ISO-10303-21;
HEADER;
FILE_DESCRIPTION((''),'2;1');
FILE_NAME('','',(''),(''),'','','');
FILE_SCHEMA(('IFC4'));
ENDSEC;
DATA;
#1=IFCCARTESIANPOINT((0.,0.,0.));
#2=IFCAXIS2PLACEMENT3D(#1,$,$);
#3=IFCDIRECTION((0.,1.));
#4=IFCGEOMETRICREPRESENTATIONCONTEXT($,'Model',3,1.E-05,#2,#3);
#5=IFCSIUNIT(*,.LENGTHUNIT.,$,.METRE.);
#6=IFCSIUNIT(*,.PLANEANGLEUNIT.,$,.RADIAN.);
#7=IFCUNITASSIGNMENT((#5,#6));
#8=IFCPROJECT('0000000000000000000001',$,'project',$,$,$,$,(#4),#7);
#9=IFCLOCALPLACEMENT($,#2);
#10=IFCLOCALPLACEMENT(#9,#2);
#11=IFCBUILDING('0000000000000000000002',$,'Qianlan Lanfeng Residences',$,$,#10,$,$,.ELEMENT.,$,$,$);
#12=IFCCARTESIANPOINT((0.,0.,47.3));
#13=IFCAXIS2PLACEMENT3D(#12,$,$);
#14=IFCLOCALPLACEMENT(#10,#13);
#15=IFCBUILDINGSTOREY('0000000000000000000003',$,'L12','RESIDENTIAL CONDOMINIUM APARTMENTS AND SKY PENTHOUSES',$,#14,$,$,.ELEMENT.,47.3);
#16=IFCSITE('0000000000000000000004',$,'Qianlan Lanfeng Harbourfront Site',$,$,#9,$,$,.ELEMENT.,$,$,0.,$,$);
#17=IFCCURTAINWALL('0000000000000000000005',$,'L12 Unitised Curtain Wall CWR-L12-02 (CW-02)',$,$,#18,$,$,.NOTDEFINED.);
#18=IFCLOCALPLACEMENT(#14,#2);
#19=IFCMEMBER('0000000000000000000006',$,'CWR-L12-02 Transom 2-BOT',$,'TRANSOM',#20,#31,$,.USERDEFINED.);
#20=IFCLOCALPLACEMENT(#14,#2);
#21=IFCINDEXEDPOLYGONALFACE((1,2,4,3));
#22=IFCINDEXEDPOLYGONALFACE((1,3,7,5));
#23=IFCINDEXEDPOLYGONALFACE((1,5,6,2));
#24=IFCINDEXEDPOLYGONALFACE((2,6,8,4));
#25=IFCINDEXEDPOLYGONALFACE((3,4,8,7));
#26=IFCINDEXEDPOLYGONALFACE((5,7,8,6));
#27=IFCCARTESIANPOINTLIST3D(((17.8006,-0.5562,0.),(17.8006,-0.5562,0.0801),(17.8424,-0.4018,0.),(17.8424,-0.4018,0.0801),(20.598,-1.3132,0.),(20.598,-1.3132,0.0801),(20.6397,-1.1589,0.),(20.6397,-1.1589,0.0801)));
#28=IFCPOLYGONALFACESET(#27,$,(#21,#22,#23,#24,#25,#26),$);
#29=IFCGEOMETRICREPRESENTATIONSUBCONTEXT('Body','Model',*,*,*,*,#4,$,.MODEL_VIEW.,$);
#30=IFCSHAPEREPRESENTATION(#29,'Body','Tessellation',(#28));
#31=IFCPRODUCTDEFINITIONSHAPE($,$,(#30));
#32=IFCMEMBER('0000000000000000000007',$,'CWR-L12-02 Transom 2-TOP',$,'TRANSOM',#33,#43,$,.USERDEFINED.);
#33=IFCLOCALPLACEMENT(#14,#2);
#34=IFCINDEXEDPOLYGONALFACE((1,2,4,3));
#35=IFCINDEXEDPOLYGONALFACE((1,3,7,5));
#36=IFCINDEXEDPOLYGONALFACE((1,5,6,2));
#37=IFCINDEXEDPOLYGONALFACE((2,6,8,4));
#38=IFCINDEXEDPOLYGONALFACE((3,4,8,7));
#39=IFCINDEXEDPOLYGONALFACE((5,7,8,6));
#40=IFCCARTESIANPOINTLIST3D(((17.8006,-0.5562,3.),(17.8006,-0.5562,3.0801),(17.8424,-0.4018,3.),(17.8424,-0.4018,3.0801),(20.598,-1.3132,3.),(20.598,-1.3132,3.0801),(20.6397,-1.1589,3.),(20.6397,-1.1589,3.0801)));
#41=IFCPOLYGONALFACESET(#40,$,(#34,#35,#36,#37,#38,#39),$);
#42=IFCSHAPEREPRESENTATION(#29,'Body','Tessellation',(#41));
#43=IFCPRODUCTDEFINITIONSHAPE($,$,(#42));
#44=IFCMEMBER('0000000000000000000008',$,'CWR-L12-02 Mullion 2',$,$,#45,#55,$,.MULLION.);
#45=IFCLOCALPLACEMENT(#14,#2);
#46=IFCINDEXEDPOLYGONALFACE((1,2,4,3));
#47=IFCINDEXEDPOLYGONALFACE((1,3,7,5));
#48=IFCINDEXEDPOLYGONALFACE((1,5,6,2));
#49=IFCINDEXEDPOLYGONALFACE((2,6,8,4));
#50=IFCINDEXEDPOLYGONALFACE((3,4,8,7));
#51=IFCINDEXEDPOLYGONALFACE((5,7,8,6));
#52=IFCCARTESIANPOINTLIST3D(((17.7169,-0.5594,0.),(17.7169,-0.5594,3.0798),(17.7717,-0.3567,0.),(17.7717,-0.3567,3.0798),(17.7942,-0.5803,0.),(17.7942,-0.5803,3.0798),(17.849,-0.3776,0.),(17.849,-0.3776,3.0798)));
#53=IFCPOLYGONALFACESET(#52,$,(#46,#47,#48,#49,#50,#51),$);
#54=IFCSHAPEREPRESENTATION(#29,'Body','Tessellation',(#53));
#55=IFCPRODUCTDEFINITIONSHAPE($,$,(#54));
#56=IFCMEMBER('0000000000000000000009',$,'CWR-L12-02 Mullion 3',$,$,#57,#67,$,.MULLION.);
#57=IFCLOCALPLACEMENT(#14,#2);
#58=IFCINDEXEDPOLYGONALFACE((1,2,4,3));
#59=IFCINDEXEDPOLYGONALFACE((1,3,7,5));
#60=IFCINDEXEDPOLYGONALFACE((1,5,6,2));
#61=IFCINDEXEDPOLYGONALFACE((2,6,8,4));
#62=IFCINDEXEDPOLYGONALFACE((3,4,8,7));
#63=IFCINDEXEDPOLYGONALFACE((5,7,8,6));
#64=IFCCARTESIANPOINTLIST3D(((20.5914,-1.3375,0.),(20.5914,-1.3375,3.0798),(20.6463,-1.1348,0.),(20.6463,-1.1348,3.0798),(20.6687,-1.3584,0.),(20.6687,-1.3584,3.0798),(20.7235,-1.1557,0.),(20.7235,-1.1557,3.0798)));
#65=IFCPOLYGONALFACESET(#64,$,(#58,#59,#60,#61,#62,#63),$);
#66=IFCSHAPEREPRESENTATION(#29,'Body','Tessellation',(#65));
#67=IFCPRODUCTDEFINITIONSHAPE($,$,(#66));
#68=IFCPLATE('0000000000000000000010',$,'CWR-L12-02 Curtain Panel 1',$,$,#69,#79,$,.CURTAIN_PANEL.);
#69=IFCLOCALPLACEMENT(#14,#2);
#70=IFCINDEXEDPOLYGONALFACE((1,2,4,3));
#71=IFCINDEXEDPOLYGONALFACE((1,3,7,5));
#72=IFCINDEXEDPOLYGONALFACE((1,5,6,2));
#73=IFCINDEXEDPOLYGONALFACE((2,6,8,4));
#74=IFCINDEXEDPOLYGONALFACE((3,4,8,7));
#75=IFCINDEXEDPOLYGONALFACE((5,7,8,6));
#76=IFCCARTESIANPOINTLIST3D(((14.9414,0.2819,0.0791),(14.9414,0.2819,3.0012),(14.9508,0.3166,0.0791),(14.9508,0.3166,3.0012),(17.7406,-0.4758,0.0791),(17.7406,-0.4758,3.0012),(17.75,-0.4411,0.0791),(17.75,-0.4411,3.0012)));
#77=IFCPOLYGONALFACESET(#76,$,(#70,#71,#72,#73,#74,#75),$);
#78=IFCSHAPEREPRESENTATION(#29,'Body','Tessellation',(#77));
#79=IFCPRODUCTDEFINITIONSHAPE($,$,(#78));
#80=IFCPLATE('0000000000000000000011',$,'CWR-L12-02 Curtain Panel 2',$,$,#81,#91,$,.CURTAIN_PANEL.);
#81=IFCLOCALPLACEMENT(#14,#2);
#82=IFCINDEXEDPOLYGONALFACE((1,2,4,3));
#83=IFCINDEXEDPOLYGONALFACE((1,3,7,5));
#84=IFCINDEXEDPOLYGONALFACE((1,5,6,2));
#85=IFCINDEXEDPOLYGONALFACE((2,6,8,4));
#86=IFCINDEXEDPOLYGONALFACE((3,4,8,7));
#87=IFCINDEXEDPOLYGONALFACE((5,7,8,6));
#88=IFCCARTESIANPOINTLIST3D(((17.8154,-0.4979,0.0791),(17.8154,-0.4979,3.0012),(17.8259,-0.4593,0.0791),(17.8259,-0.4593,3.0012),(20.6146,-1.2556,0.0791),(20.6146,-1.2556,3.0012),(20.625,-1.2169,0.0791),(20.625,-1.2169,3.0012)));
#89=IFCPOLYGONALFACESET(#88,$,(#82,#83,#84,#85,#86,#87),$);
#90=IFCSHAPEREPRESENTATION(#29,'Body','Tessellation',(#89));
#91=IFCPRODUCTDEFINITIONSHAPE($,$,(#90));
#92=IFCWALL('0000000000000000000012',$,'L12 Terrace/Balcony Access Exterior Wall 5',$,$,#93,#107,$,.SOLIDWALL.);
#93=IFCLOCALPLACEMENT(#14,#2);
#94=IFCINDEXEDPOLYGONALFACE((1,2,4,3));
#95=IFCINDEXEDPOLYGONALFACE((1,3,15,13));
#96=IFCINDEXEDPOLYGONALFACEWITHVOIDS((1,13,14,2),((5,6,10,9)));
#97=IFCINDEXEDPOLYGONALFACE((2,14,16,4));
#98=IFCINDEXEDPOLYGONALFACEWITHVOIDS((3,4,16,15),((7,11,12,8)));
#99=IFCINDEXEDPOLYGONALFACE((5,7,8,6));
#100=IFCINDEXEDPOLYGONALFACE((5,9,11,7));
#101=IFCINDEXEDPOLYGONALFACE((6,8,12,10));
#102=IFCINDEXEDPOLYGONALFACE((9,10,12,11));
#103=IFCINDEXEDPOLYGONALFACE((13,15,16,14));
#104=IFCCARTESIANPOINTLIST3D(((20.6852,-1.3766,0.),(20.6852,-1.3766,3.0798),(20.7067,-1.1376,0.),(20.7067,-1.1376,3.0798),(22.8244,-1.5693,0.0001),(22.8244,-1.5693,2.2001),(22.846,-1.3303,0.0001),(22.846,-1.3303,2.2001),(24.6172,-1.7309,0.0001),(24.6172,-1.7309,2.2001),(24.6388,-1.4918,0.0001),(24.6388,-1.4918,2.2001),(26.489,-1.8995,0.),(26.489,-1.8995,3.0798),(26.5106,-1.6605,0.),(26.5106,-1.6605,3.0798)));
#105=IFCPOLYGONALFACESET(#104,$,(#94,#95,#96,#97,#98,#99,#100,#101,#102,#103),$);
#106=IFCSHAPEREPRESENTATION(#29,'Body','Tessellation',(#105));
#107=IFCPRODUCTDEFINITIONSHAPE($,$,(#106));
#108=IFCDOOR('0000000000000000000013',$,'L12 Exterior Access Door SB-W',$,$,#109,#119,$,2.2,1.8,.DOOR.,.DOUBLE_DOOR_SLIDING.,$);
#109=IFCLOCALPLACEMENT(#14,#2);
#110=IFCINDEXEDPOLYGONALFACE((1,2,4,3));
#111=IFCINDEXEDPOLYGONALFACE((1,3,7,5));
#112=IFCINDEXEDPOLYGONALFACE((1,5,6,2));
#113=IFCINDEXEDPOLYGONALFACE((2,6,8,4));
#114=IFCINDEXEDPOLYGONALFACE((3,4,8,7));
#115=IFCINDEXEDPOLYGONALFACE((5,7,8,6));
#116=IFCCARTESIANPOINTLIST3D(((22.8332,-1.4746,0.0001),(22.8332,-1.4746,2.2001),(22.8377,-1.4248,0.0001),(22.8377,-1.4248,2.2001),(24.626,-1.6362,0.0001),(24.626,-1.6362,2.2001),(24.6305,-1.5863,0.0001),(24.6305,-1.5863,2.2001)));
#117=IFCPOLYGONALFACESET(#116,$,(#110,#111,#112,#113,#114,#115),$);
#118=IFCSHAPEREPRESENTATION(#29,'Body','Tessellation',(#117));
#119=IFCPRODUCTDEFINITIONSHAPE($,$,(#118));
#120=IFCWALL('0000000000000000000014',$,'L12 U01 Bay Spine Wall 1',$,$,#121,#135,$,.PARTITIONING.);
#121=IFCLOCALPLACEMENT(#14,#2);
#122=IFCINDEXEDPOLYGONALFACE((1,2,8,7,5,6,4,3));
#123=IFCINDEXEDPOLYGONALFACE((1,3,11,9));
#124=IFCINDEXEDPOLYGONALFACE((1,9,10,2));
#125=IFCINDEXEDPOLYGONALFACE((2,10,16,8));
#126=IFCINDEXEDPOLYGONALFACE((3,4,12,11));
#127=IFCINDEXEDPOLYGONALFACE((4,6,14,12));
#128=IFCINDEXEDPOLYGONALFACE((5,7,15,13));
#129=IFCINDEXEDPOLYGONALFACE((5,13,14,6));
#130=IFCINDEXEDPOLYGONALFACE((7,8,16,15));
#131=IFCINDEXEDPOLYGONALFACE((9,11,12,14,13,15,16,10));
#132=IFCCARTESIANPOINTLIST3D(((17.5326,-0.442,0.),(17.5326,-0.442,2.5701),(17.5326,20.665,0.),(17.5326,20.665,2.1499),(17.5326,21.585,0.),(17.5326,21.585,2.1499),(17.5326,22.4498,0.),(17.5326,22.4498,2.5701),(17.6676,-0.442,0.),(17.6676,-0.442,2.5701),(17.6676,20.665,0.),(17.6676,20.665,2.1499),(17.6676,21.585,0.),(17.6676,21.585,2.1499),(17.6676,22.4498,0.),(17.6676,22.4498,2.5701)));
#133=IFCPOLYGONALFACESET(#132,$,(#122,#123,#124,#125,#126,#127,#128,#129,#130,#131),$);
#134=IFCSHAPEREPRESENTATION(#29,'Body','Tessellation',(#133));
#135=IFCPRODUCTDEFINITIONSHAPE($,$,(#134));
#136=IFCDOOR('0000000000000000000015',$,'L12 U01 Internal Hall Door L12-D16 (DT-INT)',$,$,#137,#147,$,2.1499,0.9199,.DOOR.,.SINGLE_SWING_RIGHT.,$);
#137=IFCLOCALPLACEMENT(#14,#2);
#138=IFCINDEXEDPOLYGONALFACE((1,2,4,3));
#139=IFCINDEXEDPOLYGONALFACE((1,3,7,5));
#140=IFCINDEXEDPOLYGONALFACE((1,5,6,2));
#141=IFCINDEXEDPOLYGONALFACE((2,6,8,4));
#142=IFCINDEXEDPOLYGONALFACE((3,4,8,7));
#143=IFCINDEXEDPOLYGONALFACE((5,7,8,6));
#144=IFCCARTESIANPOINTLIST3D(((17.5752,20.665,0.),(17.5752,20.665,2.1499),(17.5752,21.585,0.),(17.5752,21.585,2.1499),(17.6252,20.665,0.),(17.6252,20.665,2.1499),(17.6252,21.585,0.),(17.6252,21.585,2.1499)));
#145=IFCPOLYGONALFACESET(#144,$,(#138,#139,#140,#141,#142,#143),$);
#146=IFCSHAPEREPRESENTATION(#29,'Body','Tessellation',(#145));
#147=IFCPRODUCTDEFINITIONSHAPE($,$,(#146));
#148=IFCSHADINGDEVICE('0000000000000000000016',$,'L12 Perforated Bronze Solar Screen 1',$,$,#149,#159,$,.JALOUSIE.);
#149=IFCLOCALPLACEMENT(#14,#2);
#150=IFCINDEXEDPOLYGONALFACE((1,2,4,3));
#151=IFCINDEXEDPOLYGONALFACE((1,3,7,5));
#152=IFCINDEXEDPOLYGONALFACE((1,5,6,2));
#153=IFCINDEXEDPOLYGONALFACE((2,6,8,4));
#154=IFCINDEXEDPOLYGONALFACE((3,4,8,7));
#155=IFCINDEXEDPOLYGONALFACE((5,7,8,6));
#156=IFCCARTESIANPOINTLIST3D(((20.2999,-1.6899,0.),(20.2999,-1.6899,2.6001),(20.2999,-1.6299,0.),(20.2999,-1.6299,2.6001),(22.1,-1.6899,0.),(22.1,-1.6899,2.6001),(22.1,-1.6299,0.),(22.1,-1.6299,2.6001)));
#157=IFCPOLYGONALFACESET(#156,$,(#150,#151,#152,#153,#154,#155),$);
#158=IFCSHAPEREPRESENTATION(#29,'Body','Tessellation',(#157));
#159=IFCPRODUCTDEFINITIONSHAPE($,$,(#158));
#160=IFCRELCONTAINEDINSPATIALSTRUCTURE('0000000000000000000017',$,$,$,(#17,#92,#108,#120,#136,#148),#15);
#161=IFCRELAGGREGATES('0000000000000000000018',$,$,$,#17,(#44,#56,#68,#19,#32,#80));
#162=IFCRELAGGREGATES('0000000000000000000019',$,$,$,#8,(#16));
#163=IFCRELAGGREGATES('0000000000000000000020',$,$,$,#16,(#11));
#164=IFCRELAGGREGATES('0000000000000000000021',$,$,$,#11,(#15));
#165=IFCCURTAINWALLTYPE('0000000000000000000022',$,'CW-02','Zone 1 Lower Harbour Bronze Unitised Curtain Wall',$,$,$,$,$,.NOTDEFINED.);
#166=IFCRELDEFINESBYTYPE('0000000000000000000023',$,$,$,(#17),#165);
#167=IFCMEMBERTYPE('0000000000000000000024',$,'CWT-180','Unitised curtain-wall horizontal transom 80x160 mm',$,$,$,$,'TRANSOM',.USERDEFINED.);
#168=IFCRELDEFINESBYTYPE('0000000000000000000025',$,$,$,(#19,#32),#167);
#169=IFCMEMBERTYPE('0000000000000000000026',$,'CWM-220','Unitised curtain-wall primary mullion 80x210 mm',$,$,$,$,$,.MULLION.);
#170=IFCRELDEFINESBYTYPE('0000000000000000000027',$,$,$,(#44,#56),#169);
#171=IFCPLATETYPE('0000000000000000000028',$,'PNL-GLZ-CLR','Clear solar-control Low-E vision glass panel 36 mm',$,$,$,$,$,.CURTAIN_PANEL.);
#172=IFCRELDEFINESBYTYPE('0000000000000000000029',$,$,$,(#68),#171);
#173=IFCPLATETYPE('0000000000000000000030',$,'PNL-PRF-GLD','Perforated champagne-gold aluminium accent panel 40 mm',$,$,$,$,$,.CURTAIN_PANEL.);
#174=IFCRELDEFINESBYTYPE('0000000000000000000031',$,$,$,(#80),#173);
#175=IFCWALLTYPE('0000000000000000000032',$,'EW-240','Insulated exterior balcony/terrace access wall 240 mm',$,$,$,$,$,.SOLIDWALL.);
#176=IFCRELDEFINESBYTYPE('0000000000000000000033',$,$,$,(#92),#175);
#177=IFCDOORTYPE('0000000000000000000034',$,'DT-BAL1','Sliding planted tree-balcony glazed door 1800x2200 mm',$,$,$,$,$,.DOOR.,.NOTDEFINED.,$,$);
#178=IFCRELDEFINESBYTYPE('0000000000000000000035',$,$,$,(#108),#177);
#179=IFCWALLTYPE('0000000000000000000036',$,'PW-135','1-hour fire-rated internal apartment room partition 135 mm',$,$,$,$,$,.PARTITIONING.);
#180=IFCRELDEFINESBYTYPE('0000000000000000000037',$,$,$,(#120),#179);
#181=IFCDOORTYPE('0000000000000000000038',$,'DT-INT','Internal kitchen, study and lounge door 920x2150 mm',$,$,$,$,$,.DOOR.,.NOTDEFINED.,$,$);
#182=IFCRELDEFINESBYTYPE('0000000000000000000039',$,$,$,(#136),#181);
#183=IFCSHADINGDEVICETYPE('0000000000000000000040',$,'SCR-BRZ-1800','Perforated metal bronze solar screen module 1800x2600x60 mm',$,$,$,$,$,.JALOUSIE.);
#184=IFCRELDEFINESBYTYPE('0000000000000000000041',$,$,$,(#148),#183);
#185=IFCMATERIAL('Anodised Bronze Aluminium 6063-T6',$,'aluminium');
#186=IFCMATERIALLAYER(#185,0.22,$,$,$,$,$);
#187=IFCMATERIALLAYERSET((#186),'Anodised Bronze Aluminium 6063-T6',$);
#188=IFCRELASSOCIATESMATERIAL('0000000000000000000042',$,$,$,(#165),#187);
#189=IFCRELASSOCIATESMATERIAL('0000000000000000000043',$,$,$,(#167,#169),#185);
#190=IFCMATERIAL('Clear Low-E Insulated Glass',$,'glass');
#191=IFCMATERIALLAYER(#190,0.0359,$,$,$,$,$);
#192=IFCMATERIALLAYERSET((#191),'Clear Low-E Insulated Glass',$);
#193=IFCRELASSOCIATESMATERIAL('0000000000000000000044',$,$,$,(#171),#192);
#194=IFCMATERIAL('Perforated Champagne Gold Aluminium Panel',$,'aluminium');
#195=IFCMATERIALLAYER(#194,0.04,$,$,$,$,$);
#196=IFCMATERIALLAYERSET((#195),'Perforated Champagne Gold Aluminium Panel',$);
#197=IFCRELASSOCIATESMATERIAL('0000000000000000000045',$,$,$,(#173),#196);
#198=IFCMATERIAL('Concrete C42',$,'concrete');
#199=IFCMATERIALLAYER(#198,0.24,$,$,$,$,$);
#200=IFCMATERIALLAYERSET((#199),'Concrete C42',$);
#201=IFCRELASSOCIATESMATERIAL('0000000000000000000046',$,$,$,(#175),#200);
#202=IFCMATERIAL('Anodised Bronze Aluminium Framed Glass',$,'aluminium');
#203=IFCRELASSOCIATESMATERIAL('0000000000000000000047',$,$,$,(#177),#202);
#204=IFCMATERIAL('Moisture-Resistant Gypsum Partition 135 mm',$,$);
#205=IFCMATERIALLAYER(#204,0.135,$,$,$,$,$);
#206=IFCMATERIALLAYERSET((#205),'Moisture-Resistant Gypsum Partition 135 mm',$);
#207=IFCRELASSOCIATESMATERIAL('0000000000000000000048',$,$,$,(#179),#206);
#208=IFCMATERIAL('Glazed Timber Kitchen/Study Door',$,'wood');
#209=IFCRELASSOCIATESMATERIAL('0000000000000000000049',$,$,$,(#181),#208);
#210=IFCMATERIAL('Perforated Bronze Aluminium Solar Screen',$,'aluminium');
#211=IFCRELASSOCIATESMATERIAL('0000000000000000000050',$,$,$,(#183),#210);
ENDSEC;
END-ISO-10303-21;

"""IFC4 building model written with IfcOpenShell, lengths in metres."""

from ifc_helpers import new_model, si_unit, direction, frame, frame_2d, origin, origin_2d, place, context, subcontext, project, spatial, rectangle, extrude, source, transform, mapped, material, layer, layer_set, material_profile, profile_set, type_object, element, fill, aggregate, save


model = new_model("IFC4")

# Units and contexts
model_context = context("Model", 3, precision=1e-05, world=origin(), true_north=direction((0.0, 1.0)))
body_context = subcontext(model_context, "Body", "Model", "MODEL_VIEW")
ifc_project = project(units=[si_unit("LENGTHUNIT", "METRE"), si_unit("PLANEANGLEUNIT", "RADIAN")], contexts=[model_context])

# Site, building, storey
site_placement = place(None, origin())
site = spatial("IfcSite", under=ifc_project, at=site_placement, Name="Qianlan Lanfeng Harbourfront Site", CompositionType="ELEMENT", RefElevation=0.0)
building_placement = place(site_placement, origin())
building = spatial("IfcBuilding", under=site, at=building_placement, Name="Qianlan Lanfeng Residences", CompositionType="ELEMENT")
storey_placement = place(building_placement, frame((0.0, 0.0, 47.3)))
storey = spatial("IfcBuildingStorey", under=building, at=storey_placement, Name="L12", Description="RESIDENTIAL CONDOMINIUM APARTMENTS AND SKY PENTHOUSES", CompositionType="ELEMENT", Elevation=47.3)

# Curtain wall, members, plates
ifc_material_1 = material(Name="Anodised Bronze Aluminium 6063-T6", Category="aluminium")
ifc_layer_1 = layer(ifc_material_1, 0.22)
ifc_layer_set_1 = layer_set([ifc_layer_1], Name="Anodised Bronze Aluminium 6063-T6")
curtain_wall_type = type_object("IfcCurtainWallType", Name="CW-02", Description="Zone 1 Lower Harbour Bronze Unitised Curtain Wall", PredefinedType="NOTDEFINED", material=ifc_layer_set_1)
curtain_wall_placement = place(storey_placement, origin())
curtain_wall = element("IfcCurtainWall", 1, at=curtain_wall_placement, inside=storey, type_object=curtain_wall_type, Name="L12 Unitised Curtain Wall CWR-L12-02 (CW-02)", PredefinedType="NOTDEFINED")
ifc_material_profile_1 = material_profile(ifc_material_1, rectangle(XDim=0.0801, YDim=0.1599, at=origin_2d()), Name="ALU TRANSOM 80x160")
ifc_profile_set_1 = profile_set([ifc_material_profile_1], Name="Anodised Bronze Aluminium 6063-T6")
member_type_1 = type_object("IfcMemberType", Name="CWT-180", Description="Unitised curtain-wall horizontal transom 80x160 mm", ElementType="TRANSOM", PredefinedType="USERDEFINED", material=ifc_profile_set_1)
shared_shape_1 = source(origin(), body_context, "Body", "SweptSolid", [
    extrude(rectangle(XDim=0.0801, YDim=0.1599, at=origin_2d()), origin(), (0.0, 0.0, 1.0), 2.8979),
])
member_1_placement = place(storey_placement, frame((17.8215, -0.479, 0.04), z_axis=(0.965273, -0.261242, 0.0), x_axis=(0.0, 0.0, 1.0)))
member_1 = element("IfcMember", 2, at=member_1_placement, type_object=member_type_1, Name="CWR-L12-02 Transom 2-BOT", ObjectType="TRANSOM", PredefinedType="USERDEFINED", context=body_context, shape_type="MappedRepresentation", body=[
    mapped(shared_shape_1, transform((0.0, 0.0, 0.0), scale=1.0)),
])
member_2_placement = place(storey_placement, frame((17.8215, -0.479, 3.04), z_axis=(0.965273, -0.261242, 0.0), x_axis=(0.0, 0.0, 1.0)))
member_2 = element("IfcMember", 3, at=member_2_placement, type_object=member_type_1, Name="CWR-L12-02 Transom 2-TOP", ObjectType="TRANSOM", PredefinedType="USERDEFINED", context=body_context, shape_type="MappedRepresentation", body=[
    mapped(shared_shape_1, transform((0.0, 0.0, 0.0), scale=1.0)),
])
ifc_material_profile_2 = material_profile(ifc_material_1, rectangle(XDim=0.0801, YDim=0.21, at=origin_2d()), Name="ALU MULLION 80x210")
ifc_profile_set_2 = profile_set([ifc_material_profile_2], Name="Anodised Bronze Aluminium 6063-T6")
member_type_2 = type_object("IfcMemberType", Name="CWM-220", Description="Unitised curtain-wall primary mullion 80x210 mm", PredefinedType="MULLION", material=ifc_profile_set_2)
shared_shape_2 = source(origin(), body_context, "Body", "SweptSolid", [
    extrude(rectangle(XDim=0.0801, YDim=0.21, at=origin_2d()), origin(), (0.0, 0.0, 1.0), 3.0798),
])
member_3_placement = place(storey_placement, frame((17.783, -0.4685, 0.0), z_axis=(0.0, 0.0, 1.0), x_axis=(0.965263, -0.261281, 0.0)))
member_3 = element("IfcMember", 4, at=member_3_placement, type_object=member_type_2, Name="CWR-L12-02 Mullion 2", PredefinedType="MULLION", context=body_context, shape_type="MappedRepresentation", body=[
    mapped(shared_shape_2, transform((0.0, 0.0, 0.0), scale=1.0)),
])
member_4_placement = place(storey_placement, frame((20.6575, -1.2466, 0.0), z_axis=(0.0, 0.0, 1.0), x_axis=(0.965263, -0.261281, 0.0)))
member_4 = element("IfcMember", 5, at=member_4_placement, type_object=member_type_2, Name="CWR-L12-02 Mullion 3", PredefinedType="MULLION", context=body_context, shape_type="MappedRepresentation", body=[
    mapped(shared_shape_2, transform((0.0, 0.0, 0.0), scale=1.0)),
])
ifc_material_2 = material(Name="Clear Low-E Insulated Glass", Category="glass")
ifc_layer_2 = layer(ifc_material_2, 0.0359)
ifc_layer_set_2 = layer_set([ifc_layer_2], Name="Clear Low-E Insulated Glass")
plate_type_1 = type_object("IfcPlateType", Name="PNL-GLZ-CLR", Description="Clear solar-control Low-E vision glass panel 36 mm", PredefinedType="CURTAIN_PANEL", material=ifc_layer_set_2)
shared_shape_3 = source(origin(), body_context, "Body", "SweptSolid", [
    extrude(rectangle(XDim=2.8999, YDim=0.0359, at=origin_2d()), origin(), (0.0, 0.0, 1.0), 2.9221),
])
plate_1_placement = place(storey_placement, frame((16.3457, -0.0796, 0.0791), z_axis=(0.0, 0.0, 1.0), x_axis=(0.965263, -0.261281, 0.0)))
plate_1 = element("IfcPlate", 6, at=plate_1_placement, type_object=plate_type_1, Name="CWR-L12-02 Curtain Panel 1", PredefinedType="CURTAIN_PANEL", context=body_context, shape_type="MappedRepresentation", body=[
    mapped(shared_shape_3, transform((0.0, 0.0, 0.0), scale=1.0)),
])
ifc_material_3 = material(Name="Perforated Champagne Gold Aluminium Panel", Category="aluminium")
ifc_layer_3 = layer(ifc_material_3, 0.04)
ifc_layer_set_3 = layer_set([ifc_layer_3], Name="Perforated Champagne Gold Aluminium Panel")
plate_type_2 = type_object("IfcPlateType", Name="PNL-PRF-GLD", Description="Perforated champagne-gold aluminium accent panel 40 mm", PredefinedType="CURTAIN_PANEL", material=ifc_layer_set_3)
shared_shape_4 = source(origin(), body_context, "Body", "SweptSolid", [
    extrude(rectangle(XDim=2.8999, YDim=0.04, at=origin_2d()), origin(), (0.0, 0.0, 1.0), 2.9221),
])
plate_2_placement = place(storey_placement, frame((19.2202, -0.8574, 0.0791), z_axis=(0.0, 0.0, 1.0), x_axis=(0.965263, -0.261281, 0.0)))
plate_2 = element("IfcPlate", 7, at=plate_2_placement, type_object=plate_type_2, Name="CWR-L12-02 Curtain Panel 2", PredefinedType="CURTAIN_PANEL", context=body_context, shape_type="MappedRepresentation", body=[
    mapped(shared_shape_4, transform((0.0, 0.0, 0.0), scale=1.0)),
])
aggregate(curtain_wall, [member_3, member_4, plate_1, member_1, member_2, plate_2])

# Walls, openings, doors
ifc_material_4 = material(Name="Concrete C42", Category="concrete")
ifc_layer_4 = layer(ifc_material_4, 0.24)
ifc_layer_set_4 = layer_set([ifc_layer_4], Name="Concrete C42")
wall_type_1 = type_object("IfcWallType", Name="EW-240", Description="Insulated exterior balcony/terrace access wall 240 mm", PredefinedType="SOLIDWALL", material=ifc_layer_set_4)
wall_1_placement = place(storey_placement, frame((20.696, -1.2571, 0.0), z_axis=(0.0, 0.0, 1.0), x_axis=(0.995965, -0.089739, 0.0)))
wall_1 = element("IfcWall", 8, at=wall_1_placement, inside=storey, type_object=wall_type_1, Name="L12 Terrace/Balcony Access Exterior Wall 5", PredefinedType="SOLIDWALL", context=body_context, shape_type="SweptSolid", body=[
    extrude(rectangle(XDim=5.8274, YDim=0.24, at=frame_2d((2.9136, 0.0))), origin(), (0.0, 0.0, 1.0), 3.0798),
])
opening_1_placement = place(wall_1_placement, frame((2.1479, 0.0, 0.0)))
opening_1 = element("IfcOpeningElement", 9, at=opening_1_placement, cuts=wall_1, PredefinedType="OPENING", context=body_context, shape_type="SweptSolid", body=[
    extrude(rectangle(XDim=1.8, YDim=2.2, at=frame_2d((0.8999, 1.1001))), frame((0.0, 0.1299, 0.0), z_axis=(0.0, -1.0, 0.0), x_axis=(1.0, 0.0, 0.0)), (0.0, 0.0, 1.0), 0.26),
])
ifc_material_5 = material(Name="Anodised Bronze Aluminium Framed Glass", Category="aluminium")
door_type_1 = type_object("IfcDoorType", Name="DT-BAL1", Description="Sliding planted tree-balcony glazed door 1800x2200 mm", OperationType="NOTDEFINED", PredefinedType="DOOR", material=ifc_material_5)
door_1_placement = place(opening_1_placement, frame((1.8, 0.0, 0.0), z_axis=(0.0, 0.0, 1.0), x_axis=(-1.0, 0.0, 0.0)))
door_1 = element("IfcDoor", 10, at=door_1_placement, inside=storey, type_object=door_type_1, Name="L12 Exterior Access Door SB-W", OperationType="DOUBLE_DOOR_SLIDING", OverallHeight=2.2, OverallWidth=1.8, PredefinedType="DOOR", context=body_context, shape_type="SweptSolid", body=[
    extrude(rectangle(XDim=1.8, YDim=2.2, at=frame_2d((0.8999, 1.1001))), frame((0.0, 0.0249, 0.0), z_axis=(0.0, -1.0, 0.0), x_axis=(1.0, 0.0, 0.0)), (0.0, 0.0, 1.0), 0.05),
])
fill(opening_1, door_1)
ifc_material_6 = material(Name="Moisture-Resistant Gypsum Partition 135 mm")
ifc_layer_5 = layer(ifc_material_6, 0.135)
ifc_layer_set_5 = layer_set([ifc_layer_5], Name="Moisture-Resistant Gypsum Partition 135 mm")
wall_type_2 = type_object("IfcWallType", Name="PW-135", Description="1-hour fire-rated internal apartment room partition 135 mm", PredefinedType="PARTITIONING", material=ifc_layer_set_5)
wall_2_placement = place(storey_placement, frame((17.6001, -0.4419, 0.0), z_axis=(0.0, 0.0, 1.0), x_axis=(0.0, 1.0, 0.0)))
wall_2 = element("IfcWall", 11, at=wall_2_placement, inside=storey, type_object=wall_type_2, Name="L12 U01 Bay Spine Wall 1", PredefinedType="PARTITIONING", context=body_context, shape_type="SweptSolid", body=[
    extrude(rectangle(XDim=22.8918, YDim=0.135, at=frame_2d((11.4458, 0.0))), origin(), (0.0, 0.0, 1.0), 2.5701),
])
opening_2_placement = place(wall_2_placement, frame((21.1069, 0.0, 0.0)))
opening_2 = element("IfcOpeningElement", 12, at=opening_2_placement, cuts=wall_2, PredefinedType="OPENING", context=body_context, shape_type="SweptSolid", body=[
    extrude(rectangle(XDim=0.9199, YDim=2.1499, at=frame_2d((0.46, 1.075))), frame((0.0, 0.0776, 0.0), z_axis=(0.0, -1.0, 0.0), x_axis=(1.0, 0.0, 0.0)), (0.0, 0.0, 1.0), 0.155),
])
ifc_material_7 = material(Name="Glazed Timber Kitchen/Study Door", Category="wood")
door_type_2 = type_object("IfcDoorType", Name="DT-INT", Description="Internal kitchen, study and lounge door 920x2150 mm", OperationType="NOTDEFINED", PredefinedType="DOOR", material=ifc_material_7)
door_2_placement = place(opening_2_placement, origin())
door_2 = element("IfcDoor", 13, at=door_2_placement, inside=storey, type_object=door_type_2, Name="L12 U01 Internal Hall Door L12-D16 (DT-INT)", OperationType="SINGLE_SWING_RIGHT", OverallHeight=2.1499, OverallWidth=0.9199, PredefinedType="DOOR", context=body_context, shape_type="SweptSolid", body=[
    extrude(rectangle(XDim=0.9199, YDim=2.1499, at=frame_2d((0.46, 1.075))), frame((0.0, 0.0249, 0.0), z_axis=(0.0, -1.0, 0.0), x_axis=(1.0, 0.0, 0.0)), (0.0, 0.0, 1.0), 0.05),
])
fill(opening_2, door_2)

# Shading device
ifc_material_8 = material(Name="Perforated Bronze Aluminium Solar Screen", Category="aluminium")
shading_device_type = type_object("IfcShadingDeviceType", Name="SCR-BRZ-1800", Description="Perforated metal bronze solar screen module 1800x2600x60 mm", PredefinedType="JALOUSIE", material=ifc_material_8)
shared_shape_5 = source(origin(), body_context, "Body", "SweptSolid", [
    extrude(rectangle(XDim=1.8, YDim=0.0601, at=origin_2d()), origin(), (0.0, 0.0, 1.0), 2.6001),
])
shading_device_placement = place(storey_placement, frame((21.2, -1.6599, 0.0), z_axis=(0.0, 0.0, 1.0), x_axis=(1.0, 0.0, 0.0)))
element("IfcShadingDevice", 14, at=shading_device_placement, inside=storey, type_object=shading_device_type, Name="L12 Perforated Bronze Solar Screen 1", PredefinedType="JALOUSIE", context=body_context, shape_type="MappedRepresentation", body=[
    mapped(shared_shape_5, transform((0.0, 0.0, 0.0), scale=1.0)),
])

save(model, "model.ifc")
